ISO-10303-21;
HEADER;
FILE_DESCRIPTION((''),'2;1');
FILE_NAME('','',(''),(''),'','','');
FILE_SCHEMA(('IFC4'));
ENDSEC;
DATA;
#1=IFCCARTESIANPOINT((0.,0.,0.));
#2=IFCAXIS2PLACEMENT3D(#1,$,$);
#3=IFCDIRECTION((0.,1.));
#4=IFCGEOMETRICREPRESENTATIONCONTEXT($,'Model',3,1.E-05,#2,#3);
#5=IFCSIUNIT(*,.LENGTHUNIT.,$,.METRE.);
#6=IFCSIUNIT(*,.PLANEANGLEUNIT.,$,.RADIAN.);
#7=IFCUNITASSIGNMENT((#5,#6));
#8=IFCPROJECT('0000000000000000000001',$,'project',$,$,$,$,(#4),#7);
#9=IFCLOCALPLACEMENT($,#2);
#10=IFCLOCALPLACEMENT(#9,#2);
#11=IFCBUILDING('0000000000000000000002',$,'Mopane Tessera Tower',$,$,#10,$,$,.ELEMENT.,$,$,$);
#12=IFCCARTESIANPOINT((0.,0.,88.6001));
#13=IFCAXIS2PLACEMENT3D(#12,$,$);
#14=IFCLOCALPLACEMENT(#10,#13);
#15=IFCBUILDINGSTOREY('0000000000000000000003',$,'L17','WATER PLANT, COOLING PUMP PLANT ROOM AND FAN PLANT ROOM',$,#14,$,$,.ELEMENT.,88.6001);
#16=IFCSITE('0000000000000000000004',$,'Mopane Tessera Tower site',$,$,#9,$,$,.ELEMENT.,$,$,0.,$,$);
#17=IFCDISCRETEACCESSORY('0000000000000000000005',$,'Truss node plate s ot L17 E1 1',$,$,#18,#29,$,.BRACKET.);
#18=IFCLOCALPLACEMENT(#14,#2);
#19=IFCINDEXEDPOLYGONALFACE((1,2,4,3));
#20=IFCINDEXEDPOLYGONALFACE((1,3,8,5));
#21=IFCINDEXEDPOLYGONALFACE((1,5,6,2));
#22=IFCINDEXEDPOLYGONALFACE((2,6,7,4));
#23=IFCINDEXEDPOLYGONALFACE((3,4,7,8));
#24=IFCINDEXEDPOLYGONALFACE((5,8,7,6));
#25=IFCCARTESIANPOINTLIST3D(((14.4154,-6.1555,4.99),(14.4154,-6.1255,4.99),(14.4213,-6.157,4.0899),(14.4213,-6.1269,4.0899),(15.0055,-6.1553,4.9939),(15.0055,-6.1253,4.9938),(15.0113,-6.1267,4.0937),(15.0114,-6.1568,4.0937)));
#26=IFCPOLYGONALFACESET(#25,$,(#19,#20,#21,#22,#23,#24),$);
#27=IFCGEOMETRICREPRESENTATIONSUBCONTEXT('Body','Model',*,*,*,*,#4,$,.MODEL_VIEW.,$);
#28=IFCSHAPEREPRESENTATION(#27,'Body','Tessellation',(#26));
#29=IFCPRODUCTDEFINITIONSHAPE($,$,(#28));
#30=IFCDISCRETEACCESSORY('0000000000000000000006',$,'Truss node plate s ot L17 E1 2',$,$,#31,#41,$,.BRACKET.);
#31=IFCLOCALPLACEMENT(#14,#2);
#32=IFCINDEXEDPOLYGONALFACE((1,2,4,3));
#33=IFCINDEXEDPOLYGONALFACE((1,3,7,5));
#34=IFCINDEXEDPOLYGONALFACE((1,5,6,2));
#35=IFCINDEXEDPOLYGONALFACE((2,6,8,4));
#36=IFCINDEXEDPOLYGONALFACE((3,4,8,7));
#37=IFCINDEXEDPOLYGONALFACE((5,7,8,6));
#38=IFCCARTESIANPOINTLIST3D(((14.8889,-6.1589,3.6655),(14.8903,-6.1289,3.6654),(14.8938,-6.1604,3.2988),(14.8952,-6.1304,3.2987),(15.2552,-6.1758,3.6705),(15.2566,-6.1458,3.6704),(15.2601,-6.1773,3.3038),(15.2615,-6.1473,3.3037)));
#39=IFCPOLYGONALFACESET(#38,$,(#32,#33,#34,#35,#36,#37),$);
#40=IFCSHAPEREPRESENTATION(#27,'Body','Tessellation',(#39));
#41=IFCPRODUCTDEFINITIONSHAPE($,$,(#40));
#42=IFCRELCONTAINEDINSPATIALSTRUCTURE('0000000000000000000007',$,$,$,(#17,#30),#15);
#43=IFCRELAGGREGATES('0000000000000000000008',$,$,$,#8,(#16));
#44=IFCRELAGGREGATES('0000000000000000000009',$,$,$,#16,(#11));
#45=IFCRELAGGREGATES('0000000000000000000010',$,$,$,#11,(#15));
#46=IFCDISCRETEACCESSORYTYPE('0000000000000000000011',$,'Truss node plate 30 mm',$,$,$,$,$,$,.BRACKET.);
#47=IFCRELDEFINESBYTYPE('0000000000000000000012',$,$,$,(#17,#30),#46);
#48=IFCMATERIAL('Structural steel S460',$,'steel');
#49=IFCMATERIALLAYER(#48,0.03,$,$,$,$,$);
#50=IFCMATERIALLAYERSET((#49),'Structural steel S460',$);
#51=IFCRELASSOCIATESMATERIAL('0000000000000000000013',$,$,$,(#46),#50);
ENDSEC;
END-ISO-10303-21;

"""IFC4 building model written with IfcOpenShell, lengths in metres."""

from ifc_helpers import new_model, si_unit, direction, frame, origin, origin_2d, place, context, subcontext, project, spatial, rectangle, extrude, material, layer, layer_set, type_object, element, save


model = new_model("IFC4")

# Units and contexts
model_context = context("Model", 3, precision=1e-05, world=origin(), true_north=direction((0.0, 1.0)))
body_context = subcontext(model_context, "Body", "Model", "MODEL_VIEW")
ifc_project = project(units=[si_unit("LENGTHUNIT", "METRE"), si_unit("PLANEANGLEUNIT", "RADIAN")], contexts=[model_context])

# Site, building, storey
site_placement = place(None, origin())
site = spatial("IfcSite", under=ifc_project, at=site_placement, Name="Mopane Tessera Tower site", CompositionType="ELEMENT", RefElevation=0.0)
building_placement = place(site_placement, origin())
building = spatial("IfcBuilding", under=site, at=building_placement, Name="Mopane Tessera Tower", CompositionType="ELEMENT")
storey_placement = place(building_placement, frame((0.0, 0.0, 88.6001)))
storey = spatial("IfcBuildingStorey", under=building, at=storey_placement, Name="L17", Description="WATER PLANT, COOLING PUMP PLANT ROOM AND FAN PLANT ROOM", CompositionType="ELEMENT", Elevation=88.6001)

# Discrete accessories
ifc_material_1 = material(Name="Structural steel S460", Category="steel")
ifc_layer_1 = layer(ifc_material_1, 0.03)
ifc_layer_set_1 = layer_set([ifc_layer_1], Name="Structural steel S460")
discrete_accessory_type_1 = type_object("IfcDiscreteAccessoryType", Name="Truss node plate 30 mm", PredefinedType="BRACKET", material=ifc_layer_set_1)
discrete_accessory_1_placement = place(storey_placement, frame((14.7163, -6.1418, 4.0918), z_axis=(-0.006509, 0.001627, 0.999977), x_axis=(-0.000332, 0.999999, -0.001629)))
element("IfcDiscreteAccessory", 1, at=discrete_accessory_1_placement, inside=storey, type_object=discrete_accessory_type_1, Name="Truss node plate s ot L17 E1 1", PredefinedType="BRACKET", context=body_context, shape_type="SweptSolid", body=[
    extrude(rectangle(XDim=0.03, YDim=0.5901, at=origin_2d()), origin(), (0.0, 0.0, 1.0), 0.9001),
])
discrete_accessory_2_placement = place(storey_placement, frame((15.0776, -6.1538, 3.3013), z_axis=(-0.013314, 0.003994, 0.999903), x_axis=(0.046165, 0.998928, -0.003376)))
element("IfcDiscreteAccessory", 2, at=discrete_accessory_2_placement, inside=storey, type_object=discrete_accessory_type_1, Name="Truss node plate s ot L17 E1 2", PredefinedType="BRACKET", context=body_context, shape_type="SweptSolid", body=[
    extrude(rectangle(XDim=0.03, YDim=0.3667, at=origin_2d()), origin(), (0.0, 0.0, 1.0), 0.3667),
])

save(model, "model.ifc")
